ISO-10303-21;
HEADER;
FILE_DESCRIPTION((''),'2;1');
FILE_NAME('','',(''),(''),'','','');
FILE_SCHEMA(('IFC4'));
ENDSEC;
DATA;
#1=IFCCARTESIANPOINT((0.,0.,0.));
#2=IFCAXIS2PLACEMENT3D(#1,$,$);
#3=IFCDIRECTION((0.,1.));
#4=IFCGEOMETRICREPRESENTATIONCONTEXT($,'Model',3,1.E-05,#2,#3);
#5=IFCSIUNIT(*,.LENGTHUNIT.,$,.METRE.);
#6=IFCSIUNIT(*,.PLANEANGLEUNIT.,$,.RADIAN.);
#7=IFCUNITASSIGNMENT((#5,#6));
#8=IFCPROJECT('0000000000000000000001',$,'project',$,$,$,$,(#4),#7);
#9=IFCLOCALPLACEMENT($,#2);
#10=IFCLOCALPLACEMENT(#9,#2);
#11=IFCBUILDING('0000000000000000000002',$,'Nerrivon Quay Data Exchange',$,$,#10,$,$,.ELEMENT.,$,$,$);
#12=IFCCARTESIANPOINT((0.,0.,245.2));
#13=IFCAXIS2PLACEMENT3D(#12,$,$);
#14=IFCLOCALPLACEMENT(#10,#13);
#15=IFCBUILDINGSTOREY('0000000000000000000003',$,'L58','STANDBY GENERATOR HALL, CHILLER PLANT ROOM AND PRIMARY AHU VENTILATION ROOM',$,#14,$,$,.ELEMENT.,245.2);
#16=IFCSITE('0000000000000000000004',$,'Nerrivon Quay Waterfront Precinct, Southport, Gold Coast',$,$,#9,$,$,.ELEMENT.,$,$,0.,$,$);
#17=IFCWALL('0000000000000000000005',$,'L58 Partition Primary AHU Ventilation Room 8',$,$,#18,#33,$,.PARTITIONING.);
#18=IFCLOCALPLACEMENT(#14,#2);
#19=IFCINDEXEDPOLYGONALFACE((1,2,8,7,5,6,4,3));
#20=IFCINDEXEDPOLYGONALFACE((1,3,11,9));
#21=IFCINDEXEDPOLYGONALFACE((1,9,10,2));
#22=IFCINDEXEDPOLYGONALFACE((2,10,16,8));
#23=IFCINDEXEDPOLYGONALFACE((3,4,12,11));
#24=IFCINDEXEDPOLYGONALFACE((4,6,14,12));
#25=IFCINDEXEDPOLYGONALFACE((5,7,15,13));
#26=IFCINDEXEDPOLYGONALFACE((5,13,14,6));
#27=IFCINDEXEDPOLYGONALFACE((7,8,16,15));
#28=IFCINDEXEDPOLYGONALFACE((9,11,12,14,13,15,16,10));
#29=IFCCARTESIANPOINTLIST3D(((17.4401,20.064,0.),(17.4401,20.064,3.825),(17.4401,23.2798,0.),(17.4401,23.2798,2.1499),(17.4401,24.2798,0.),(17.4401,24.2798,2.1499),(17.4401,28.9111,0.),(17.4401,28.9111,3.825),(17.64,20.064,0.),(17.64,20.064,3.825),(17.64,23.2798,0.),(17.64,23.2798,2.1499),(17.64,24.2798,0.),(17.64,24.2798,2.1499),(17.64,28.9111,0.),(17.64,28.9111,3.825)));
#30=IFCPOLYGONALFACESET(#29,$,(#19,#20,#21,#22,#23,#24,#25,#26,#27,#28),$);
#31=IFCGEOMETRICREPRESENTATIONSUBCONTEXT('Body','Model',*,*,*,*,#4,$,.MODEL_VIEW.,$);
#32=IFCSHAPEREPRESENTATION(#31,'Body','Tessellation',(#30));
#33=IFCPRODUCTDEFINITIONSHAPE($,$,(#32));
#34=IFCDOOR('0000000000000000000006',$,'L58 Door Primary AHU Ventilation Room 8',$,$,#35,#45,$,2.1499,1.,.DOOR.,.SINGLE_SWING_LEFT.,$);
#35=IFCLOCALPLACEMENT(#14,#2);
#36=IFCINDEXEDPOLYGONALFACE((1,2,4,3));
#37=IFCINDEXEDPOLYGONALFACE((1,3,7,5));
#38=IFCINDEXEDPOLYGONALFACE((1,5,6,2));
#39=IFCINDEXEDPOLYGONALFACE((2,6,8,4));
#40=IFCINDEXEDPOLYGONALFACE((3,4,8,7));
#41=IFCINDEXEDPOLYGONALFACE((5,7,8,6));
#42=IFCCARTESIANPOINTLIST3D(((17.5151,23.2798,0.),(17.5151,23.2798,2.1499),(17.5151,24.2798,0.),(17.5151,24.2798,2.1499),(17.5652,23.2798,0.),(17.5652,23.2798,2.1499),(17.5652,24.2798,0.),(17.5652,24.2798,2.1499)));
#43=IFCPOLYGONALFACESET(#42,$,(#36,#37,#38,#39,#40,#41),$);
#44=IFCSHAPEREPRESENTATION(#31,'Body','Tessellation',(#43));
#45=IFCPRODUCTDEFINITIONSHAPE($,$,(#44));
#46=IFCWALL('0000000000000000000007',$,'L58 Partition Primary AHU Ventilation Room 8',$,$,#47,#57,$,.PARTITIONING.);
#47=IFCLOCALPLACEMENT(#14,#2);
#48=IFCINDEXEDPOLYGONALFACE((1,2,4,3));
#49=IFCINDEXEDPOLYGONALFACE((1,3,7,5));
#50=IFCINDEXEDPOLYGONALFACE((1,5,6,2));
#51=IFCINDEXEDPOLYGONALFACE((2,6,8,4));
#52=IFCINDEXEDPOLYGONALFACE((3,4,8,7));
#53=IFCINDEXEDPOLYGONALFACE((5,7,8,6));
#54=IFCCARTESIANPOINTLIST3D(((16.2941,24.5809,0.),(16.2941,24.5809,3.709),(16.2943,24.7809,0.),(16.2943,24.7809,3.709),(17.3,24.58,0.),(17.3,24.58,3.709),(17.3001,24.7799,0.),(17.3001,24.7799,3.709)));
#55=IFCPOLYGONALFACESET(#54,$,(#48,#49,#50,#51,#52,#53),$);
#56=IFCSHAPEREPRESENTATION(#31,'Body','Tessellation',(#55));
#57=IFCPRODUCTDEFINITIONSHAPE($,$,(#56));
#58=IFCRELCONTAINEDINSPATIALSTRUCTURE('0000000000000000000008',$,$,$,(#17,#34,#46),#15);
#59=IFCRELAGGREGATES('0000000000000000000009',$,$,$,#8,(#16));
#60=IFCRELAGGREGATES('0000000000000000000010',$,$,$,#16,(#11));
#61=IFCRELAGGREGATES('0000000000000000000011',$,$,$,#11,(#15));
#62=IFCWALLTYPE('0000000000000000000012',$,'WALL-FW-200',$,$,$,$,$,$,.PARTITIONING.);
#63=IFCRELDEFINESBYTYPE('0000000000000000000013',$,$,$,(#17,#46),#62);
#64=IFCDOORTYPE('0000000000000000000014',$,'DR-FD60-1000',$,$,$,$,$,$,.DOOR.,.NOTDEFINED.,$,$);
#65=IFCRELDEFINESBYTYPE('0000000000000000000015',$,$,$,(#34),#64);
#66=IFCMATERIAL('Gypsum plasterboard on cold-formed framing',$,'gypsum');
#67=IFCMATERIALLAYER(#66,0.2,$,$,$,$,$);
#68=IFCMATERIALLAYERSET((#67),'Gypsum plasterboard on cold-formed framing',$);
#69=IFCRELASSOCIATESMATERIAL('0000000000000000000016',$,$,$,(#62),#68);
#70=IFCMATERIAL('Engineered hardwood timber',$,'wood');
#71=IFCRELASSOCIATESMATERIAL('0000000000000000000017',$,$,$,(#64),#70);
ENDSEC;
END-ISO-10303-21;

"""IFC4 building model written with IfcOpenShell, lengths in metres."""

from ifc_helpers import new_model, si_unit, direction, frame, frame_2d, origin, place, context, subcontext, project, spatial, rectangle, extrude, material, layer, layer_set, type_object, element, fill, save


model = new_model("IFC4")

# Units and contexts
model_context = context("Model", 3, precision=1e-05, world=origin(), true_north=direction((0.0, 1.0)))
body_context = subcontext(model_context, "Body", "Model", "MODEL_VIEW")
ifc_project = project(units=[si_unit("LENGTHUNIT", "METRE"), si_unit("PLANEANGLEUNIT", "RADIAN")], contexts=[model_context])

# Site, building, storey
site_placement = place(None, origin())
site = spatial("IfcSite", under=ifc_project, at=site_placement, Name="Nerrivon Quay Waterfront Precinct, Southport, Gold Coast", CompositionType="ELEMENT", RefElevation=0.0)
building_placement = place(site_placement, origin())
building = spatial("IfcBuilding", under=site, at=building_placement, Name="Nerrivon Quay Data Exchange", CompositionType="ELEMENT")
storey_placement = place(building_placement, frame((0.0, 0.0, 245.2)))
storey = spatial("IfcBuildingStorey", under=building, at=storey_placement, Name="L58", Description="STANDBY GENERATOR HALL, CHILLER PLANT ROOM AND PRIMARY AHU VENTILATION ROOM", CompositionType="ELEMENT", Elevation=245.2)

# Shared definitions
ifc_material_1 = material(Name="Gypsum plasterboard on cold-formed framing", Category="gypsum")
ifc_layer_1 = layer(ifc_material_1, 0.2)
ifc_layer_set_1 = layer_set([ifc_layer_1], Name="Gypsum plasterboard on cold-formed framing")
wall_type_1 = type_object("IfcWallType", Name="WALL-FW-200", PredefinedType="PARTITIONING", material=ifc_layer_set_1)

# Shared definitions
ifc_material_2 = material(Name="Engineered hardwood timber", Category="wood")

# Wall, opening, door
wall_1_placement = place(storey_placement, frame((17.54, 20.064, 0.0), z_axis=(0.0, 0.0, 1.0), x_axis=(0.0, 1.0, 0.0)))
wall_1 = element("IfcWall", 1, at=wall_1_placement, inside=storey, type_object=wall_type_1, Name="L58 Partition Primary AHU Ventilation Room 8", PredefinedType="PARTITIONING", context=body_context, shape_type="SweptSolid", body=[
    extrude(rectangle(XDim=8.8472, YDim=0.2, at=frame_2d((4.4236, 0.0))), origin(), (0.0, 0.0, 1.0), 3.825),
])
opening_1_placement = place(wall_1_placement, frame((3.2158, 0.0, 0.0)))
opening_1 = element("IfcOpeningElement", 2, at=opening_1_placement, cuts=wall_1, PredefinedType="OPENING", context=body_context, shape_type="SweptSolid", body=[
    extrude(rectangle(XDim=1.0, YDim=2.1499, at=frame_2d((0.5, 1.075))), frame((0.0, 0.1099, 0.0), z_axis=(0.0, -1.0, 0.0), x_axis=(1.0, 0.0, 0.0)), (0.0, 0.0, 1.0), 0.22),
])
door_type_1 = type_object("IfcDoorType", Name="DR-FD60-1000", OperationType="NOTDEFINED", PredefinedType="DOOR", material=ifc_material_2)
door_1_placement = place(opening_1_placement, origin())
door_1 = element("IfcDoor", 3, at=door_1_placement, inside=storey, type_object=door_type_1, Name="L58 Door Primary AHU Ventilation Room 8", OperationType="SINGLE_SWING_LEFT", OverallHeight=2.1499, OverallWidth=1.0, PredefinedType="DOOR", context=body_context, shape_type="SweptSolid", body=[
    extrude(rectangle(XDim=1.0, YDim=2.1499, at=frame_2d((0.5, 1.075))), frame((0.0, 0.0249, 0.0), z_axis=(0.0, -1.0, 0.0), x_axis=(1.0, 0.0, 0.0)), (0.0, 0.0, 1.0), 0.05),
])
fill(opening_1, door_1)

# Wall
wall_2_placement = place(storey_placement, frame((17.3, 24.6799, 0.0), z_axis=(0.0, 0.0, 1.0), x_axis=(-1.0, 0.000971, 0.0)))
element("IfcWall", 4, at=wall_2_placement, inside=storey, type_object=wall_type_1, Name="L58 Partition Primary AHU Ventilation Room 8", PredefinedType="PARTITIONING", context=body_context, shape_type="SweptSolid", body=[
    extrude(rectangle(XDim=1.0059, YDim=0.2, at=frame_2d((0.5029, 0.0))), origin(), (0.0, 0.0, 1.0), 3.709),
])

save(model, "model.ifc")
